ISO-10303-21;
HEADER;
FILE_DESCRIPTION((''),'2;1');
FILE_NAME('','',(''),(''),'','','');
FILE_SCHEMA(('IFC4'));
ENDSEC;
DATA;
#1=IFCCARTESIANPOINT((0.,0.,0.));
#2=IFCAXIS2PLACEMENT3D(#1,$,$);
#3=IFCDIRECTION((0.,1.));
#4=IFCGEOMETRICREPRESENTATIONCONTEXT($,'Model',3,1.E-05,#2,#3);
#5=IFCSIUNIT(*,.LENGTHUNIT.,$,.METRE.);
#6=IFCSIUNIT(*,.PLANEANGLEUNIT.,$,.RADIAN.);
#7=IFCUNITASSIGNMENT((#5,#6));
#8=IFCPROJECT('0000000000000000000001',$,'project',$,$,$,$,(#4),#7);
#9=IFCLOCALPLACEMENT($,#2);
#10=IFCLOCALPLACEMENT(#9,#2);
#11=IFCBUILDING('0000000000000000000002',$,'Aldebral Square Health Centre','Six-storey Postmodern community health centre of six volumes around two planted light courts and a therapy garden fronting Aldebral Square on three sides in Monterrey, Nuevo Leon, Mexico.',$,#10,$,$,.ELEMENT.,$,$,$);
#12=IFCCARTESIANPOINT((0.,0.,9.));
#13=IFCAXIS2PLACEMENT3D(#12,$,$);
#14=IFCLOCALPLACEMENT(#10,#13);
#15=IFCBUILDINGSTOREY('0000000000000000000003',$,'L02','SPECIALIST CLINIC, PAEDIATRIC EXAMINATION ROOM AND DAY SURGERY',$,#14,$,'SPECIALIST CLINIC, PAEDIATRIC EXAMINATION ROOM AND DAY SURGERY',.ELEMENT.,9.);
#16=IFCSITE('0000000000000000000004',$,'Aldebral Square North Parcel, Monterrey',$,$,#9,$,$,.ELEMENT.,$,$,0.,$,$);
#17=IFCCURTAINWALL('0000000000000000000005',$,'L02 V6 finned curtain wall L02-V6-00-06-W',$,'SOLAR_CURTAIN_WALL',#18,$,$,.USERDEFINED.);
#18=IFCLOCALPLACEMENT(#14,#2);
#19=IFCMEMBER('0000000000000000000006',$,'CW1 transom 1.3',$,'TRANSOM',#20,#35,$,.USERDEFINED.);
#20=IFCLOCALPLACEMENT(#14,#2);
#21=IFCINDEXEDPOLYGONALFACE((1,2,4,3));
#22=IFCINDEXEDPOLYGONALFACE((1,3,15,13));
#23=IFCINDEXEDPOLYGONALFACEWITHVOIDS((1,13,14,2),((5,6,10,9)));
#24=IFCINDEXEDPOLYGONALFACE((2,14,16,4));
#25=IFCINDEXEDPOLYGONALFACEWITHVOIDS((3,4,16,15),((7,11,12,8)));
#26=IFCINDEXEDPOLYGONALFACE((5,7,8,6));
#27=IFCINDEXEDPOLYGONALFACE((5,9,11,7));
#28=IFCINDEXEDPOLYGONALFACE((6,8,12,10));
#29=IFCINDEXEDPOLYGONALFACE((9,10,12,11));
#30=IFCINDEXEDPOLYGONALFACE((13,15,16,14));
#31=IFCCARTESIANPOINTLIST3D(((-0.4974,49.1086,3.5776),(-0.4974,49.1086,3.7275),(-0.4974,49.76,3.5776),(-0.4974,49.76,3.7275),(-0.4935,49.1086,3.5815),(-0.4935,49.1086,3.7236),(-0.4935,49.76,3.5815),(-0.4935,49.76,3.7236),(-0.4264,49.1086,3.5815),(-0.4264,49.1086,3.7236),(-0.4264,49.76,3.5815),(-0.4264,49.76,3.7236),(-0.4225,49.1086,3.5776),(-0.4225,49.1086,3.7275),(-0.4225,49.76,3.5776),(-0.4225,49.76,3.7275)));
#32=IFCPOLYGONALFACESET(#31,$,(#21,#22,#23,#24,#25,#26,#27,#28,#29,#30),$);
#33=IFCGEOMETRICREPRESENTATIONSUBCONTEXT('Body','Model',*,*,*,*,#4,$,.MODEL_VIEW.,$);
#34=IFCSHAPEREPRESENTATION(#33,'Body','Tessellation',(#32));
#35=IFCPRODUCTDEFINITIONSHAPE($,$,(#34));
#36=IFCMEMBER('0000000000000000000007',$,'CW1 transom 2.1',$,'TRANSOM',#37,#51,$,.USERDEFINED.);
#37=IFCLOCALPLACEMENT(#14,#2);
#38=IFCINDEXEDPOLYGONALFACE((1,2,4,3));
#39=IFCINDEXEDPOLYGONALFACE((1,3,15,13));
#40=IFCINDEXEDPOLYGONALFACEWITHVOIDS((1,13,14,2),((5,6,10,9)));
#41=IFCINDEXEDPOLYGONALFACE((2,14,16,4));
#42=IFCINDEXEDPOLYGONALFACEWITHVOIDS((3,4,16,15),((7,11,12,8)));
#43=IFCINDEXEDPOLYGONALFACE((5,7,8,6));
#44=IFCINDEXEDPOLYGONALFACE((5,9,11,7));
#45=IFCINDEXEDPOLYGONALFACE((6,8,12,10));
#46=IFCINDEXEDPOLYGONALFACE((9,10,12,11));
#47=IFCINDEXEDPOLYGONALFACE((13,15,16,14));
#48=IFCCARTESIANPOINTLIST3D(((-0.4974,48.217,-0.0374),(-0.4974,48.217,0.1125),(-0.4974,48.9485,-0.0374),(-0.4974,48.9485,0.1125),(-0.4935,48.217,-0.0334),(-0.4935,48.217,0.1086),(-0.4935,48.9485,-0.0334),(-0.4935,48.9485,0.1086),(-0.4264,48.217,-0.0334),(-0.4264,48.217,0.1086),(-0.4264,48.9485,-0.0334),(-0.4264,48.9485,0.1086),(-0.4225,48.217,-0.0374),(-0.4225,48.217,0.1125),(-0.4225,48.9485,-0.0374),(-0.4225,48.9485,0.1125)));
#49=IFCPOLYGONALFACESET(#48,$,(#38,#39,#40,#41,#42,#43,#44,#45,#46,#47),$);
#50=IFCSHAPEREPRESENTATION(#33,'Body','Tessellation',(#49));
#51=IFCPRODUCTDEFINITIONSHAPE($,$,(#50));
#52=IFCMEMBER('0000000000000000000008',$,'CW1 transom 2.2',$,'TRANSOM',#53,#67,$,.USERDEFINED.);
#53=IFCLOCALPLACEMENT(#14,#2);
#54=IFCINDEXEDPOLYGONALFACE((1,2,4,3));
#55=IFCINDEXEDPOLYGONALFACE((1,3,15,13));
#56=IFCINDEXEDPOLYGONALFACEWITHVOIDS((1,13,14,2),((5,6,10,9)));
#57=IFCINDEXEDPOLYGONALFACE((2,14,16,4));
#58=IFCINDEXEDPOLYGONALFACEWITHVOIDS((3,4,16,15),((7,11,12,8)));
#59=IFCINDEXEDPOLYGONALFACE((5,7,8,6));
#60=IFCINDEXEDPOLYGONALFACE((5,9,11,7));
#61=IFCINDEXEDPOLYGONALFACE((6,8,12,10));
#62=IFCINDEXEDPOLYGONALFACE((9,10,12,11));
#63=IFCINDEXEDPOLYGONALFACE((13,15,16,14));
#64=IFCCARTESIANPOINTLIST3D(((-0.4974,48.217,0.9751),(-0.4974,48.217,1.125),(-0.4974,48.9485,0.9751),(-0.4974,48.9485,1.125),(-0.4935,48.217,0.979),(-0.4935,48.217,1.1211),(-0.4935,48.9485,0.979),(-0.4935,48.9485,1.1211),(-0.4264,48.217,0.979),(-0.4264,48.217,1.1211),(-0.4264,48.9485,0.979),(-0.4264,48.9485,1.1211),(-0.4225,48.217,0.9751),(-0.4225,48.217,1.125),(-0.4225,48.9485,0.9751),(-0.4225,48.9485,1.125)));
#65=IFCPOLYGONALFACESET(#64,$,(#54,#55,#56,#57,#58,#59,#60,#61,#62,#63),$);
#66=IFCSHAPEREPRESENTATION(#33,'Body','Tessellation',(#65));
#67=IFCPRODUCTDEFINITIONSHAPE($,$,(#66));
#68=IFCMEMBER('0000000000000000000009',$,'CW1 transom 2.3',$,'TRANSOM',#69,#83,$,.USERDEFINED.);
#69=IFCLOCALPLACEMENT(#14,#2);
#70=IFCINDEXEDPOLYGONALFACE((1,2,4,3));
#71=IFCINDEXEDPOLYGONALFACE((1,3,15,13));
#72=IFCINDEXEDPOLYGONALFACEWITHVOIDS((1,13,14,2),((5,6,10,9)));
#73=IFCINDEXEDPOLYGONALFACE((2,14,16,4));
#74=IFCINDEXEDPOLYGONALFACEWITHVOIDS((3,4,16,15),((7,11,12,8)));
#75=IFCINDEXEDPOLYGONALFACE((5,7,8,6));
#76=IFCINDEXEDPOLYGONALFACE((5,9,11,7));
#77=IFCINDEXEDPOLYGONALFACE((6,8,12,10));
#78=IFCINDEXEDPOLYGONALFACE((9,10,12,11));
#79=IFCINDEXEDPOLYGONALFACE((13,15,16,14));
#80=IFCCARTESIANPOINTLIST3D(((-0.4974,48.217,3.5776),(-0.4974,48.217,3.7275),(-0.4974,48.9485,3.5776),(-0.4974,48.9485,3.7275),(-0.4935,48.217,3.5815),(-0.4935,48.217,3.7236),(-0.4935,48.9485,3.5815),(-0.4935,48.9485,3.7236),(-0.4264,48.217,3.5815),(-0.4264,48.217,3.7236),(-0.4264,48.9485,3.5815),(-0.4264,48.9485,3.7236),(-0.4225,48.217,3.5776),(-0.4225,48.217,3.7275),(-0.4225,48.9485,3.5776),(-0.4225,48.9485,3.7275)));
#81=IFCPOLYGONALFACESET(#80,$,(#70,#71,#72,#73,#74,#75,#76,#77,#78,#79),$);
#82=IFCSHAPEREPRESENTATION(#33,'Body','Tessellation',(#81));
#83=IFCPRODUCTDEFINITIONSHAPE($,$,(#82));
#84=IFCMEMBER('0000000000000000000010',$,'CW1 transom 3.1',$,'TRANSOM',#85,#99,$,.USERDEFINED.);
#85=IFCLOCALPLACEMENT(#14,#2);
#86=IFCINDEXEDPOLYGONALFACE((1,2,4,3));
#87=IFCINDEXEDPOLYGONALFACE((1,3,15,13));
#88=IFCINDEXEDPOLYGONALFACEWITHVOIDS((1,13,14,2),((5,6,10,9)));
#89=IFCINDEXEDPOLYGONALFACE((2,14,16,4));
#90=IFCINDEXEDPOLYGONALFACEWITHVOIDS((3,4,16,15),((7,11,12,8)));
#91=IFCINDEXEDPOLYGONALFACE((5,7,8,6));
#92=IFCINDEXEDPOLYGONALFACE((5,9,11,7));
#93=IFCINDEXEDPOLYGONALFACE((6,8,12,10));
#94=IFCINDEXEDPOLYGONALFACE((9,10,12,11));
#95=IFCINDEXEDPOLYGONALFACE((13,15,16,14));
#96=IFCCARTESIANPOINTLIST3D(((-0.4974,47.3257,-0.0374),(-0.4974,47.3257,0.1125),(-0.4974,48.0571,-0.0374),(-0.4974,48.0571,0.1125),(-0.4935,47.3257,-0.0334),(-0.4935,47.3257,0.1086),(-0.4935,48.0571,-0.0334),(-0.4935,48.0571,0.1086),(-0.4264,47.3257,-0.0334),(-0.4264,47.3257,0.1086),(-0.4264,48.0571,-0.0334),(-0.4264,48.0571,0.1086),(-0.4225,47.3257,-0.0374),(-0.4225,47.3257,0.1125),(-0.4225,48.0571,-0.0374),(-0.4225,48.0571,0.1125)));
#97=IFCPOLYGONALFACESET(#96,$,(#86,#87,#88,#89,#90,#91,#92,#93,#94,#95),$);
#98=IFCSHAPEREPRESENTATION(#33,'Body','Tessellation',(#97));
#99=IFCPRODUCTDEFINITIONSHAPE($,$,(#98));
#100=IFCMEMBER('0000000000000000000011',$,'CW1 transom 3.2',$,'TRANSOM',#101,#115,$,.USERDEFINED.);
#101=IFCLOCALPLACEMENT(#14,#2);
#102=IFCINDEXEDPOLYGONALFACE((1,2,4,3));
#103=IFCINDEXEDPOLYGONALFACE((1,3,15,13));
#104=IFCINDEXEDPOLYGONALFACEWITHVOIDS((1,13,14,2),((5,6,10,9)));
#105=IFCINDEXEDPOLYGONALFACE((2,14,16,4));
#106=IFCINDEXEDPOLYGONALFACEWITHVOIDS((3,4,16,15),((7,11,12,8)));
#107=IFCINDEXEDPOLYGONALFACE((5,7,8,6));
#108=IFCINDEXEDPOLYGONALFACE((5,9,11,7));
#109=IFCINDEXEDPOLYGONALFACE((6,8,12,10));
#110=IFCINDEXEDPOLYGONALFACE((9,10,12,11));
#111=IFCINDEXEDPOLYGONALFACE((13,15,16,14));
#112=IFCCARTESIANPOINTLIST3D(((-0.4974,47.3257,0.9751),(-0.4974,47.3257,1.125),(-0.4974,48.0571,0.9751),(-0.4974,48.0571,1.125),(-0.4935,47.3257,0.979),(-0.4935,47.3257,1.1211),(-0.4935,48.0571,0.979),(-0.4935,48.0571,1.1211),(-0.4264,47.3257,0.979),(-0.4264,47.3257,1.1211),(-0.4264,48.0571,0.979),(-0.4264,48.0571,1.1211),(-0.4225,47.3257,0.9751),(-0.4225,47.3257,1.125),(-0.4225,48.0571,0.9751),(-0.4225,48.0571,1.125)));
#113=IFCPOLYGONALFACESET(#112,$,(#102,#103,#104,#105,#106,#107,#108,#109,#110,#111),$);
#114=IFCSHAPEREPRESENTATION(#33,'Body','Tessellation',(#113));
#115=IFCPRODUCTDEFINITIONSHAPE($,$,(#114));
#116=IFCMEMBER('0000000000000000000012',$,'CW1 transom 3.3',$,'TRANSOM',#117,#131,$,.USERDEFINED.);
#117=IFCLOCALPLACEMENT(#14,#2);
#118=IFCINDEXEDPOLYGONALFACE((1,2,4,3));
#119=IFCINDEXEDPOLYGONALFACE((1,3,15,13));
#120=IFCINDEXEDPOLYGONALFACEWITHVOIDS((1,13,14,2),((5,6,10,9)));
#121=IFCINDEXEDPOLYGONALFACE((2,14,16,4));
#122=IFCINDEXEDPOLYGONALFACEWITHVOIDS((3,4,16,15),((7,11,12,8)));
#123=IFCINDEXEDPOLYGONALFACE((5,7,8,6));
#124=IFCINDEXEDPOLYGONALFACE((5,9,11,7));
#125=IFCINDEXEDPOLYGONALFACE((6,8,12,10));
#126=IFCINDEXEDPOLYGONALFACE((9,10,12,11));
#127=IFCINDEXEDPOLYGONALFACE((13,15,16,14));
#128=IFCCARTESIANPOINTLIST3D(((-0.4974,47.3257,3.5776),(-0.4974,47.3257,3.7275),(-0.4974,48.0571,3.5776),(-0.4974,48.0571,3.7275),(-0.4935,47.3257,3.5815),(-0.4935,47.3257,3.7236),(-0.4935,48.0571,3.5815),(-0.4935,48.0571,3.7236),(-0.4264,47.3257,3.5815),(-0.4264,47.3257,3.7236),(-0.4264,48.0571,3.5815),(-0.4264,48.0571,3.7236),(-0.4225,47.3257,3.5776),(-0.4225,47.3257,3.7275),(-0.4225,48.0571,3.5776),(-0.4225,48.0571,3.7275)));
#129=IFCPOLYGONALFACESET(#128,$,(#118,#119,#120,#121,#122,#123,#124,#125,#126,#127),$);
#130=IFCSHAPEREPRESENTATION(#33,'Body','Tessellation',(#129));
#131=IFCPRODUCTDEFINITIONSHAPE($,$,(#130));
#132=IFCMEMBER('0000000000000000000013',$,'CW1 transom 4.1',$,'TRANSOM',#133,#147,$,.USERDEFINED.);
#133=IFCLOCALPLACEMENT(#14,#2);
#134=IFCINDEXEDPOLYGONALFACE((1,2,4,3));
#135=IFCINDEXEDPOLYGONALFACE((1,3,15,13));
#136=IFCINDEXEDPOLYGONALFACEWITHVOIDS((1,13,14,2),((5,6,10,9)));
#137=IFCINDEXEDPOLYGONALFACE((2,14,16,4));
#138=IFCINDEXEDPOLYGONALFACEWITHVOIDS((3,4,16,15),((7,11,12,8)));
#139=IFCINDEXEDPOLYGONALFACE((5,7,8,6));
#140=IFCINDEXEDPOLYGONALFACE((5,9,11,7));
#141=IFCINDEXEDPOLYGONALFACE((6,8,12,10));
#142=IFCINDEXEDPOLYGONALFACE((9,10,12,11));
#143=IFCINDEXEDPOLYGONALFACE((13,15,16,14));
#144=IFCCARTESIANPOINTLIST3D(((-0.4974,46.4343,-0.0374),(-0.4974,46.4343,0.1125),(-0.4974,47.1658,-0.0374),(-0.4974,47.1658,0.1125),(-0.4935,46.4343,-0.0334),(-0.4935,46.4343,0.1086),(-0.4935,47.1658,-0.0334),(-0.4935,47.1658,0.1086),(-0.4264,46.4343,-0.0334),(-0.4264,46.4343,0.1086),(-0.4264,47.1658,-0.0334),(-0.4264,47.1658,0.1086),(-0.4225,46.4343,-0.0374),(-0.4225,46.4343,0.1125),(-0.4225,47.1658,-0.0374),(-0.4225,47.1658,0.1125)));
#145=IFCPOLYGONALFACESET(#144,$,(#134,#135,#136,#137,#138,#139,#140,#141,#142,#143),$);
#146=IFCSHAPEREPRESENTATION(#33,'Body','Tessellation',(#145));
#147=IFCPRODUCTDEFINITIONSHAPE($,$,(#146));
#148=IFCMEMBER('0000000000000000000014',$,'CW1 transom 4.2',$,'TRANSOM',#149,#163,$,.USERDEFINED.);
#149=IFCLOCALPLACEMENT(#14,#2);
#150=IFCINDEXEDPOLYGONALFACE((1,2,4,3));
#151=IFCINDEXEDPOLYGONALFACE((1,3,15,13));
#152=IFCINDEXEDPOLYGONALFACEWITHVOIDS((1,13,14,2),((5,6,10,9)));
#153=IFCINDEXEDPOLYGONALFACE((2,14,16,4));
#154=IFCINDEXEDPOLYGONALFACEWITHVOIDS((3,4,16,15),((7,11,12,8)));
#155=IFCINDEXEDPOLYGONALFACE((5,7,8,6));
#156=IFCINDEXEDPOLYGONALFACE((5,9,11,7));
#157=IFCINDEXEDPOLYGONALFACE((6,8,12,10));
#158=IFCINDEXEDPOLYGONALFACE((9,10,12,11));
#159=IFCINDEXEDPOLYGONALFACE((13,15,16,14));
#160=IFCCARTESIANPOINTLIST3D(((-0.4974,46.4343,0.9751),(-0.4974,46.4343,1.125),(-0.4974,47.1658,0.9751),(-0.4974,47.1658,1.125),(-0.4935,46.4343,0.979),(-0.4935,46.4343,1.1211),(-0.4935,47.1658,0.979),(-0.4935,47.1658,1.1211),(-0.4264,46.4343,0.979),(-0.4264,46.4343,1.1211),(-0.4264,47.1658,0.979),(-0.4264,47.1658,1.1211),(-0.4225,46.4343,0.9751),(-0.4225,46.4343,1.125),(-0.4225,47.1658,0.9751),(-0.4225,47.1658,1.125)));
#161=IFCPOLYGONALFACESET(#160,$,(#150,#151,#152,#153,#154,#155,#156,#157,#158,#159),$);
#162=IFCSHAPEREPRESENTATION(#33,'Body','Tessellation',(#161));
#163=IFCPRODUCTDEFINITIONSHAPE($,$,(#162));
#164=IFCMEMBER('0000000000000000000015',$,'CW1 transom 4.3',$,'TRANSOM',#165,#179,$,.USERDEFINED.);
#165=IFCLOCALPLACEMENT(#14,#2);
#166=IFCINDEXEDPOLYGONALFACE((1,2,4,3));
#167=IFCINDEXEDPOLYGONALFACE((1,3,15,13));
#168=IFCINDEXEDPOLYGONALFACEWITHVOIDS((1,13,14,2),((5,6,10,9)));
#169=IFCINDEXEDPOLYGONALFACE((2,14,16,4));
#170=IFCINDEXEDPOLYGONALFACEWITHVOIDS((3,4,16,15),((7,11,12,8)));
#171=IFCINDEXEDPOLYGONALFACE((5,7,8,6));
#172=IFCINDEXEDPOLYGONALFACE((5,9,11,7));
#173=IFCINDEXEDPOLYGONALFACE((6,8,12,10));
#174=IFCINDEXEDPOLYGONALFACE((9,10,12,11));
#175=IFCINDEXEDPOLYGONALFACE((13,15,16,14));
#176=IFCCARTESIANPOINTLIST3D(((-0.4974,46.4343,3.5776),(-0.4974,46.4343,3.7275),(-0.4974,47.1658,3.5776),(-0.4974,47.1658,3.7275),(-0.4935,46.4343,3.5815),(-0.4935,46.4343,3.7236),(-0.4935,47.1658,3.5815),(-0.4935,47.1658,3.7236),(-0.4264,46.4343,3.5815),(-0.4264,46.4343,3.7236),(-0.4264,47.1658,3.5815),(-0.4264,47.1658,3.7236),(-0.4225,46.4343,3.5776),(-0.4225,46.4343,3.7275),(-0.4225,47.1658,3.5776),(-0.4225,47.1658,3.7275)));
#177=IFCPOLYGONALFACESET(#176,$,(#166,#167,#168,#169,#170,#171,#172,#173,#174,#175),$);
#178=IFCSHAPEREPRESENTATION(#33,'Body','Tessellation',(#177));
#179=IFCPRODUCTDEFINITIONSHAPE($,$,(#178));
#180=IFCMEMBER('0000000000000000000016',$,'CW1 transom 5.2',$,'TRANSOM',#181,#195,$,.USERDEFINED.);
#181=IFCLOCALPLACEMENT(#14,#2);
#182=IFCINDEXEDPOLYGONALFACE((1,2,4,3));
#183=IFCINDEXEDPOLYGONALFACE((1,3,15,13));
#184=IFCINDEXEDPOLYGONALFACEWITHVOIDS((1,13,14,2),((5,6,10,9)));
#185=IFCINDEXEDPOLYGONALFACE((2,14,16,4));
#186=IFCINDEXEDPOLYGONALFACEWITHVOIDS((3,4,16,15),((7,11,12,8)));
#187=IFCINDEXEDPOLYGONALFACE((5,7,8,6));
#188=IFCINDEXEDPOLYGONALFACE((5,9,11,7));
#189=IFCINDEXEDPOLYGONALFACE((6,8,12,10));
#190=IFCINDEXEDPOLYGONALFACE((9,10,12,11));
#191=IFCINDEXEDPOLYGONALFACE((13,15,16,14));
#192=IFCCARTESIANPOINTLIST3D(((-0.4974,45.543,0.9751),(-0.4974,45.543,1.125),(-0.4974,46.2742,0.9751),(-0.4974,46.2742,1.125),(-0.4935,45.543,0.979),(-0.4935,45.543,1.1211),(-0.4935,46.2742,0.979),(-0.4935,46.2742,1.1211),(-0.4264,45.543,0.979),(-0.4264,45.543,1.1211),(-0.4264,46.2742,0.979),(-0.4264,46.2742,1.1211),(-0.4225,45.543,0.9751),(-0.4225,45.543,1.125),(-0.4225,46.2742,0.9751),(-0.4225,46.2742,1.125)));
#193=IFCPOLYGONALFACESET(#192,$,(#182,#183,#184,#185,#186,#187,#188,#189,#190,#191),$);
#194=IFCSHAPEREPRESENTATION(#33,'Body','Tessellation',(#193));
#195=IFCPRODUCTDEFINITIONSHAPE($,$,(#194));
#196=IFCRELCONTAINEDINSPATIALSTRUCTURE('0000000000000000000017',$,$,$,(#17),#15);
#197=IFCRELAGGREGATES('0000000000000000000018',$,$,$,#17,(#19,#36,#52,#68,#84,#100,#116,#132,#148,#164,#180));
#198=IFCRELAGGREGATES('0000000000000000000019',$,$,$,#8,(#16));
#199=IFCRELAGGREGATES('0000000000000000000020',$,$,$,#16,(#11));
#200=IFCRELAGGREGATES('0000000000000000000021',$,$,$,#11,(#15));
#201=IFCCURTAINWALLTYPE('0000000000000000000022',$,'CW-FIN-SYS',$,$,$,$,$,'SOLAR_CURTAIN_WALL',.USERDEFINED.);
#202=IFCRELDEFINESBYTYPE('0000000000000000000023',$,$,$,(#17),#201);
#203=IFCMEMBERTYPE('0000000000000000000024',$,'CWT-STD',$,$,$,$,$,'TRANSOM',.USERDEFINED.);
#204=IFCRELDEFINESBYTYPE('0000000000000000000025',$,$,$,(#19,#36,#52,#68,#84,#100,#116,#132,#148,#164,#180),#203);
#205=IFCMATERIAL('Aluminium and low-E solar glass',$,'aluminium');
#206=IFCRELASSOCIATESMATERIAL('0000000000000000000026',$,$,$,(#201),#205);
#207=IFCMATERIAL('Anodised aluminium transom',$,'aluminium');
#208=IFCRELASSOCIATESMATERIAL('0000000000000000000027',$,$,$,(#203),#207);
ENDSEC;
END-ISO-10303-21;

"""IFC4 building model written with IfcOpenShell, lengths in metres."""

from ifc_helpers import new_model, si_unit, direction, frame, origin, origin_2d, place, context, subcontext, project, spatial, hollow_rectangle, extrude, material, material_profile, profile_set, type_object, element, aggregate, save


model = new_model("IFC4")

# Units and contexts
model_context = context("Model", 3, precision=1e-05, world=origin(), true_north=direction((0.0, 1.0)))
body_context = subcontext(model_context, "Body", "Model", "MODEL_VIEW")
ifc_project = project(units=[si_unit("LENGTHUNIT", "METRE"), si_unit("PLANEANGLEUNIT", "RADIAN")], contexts=[model_context])

# Site, building, storey
site_placement = place(None, origin())
site = spatial("IfcSite", under=ifc_project, at=site_placement, Name="Aldebral Square North Parcel, Monterrey", CompositionType="ELEMENT", RefElevation=0.0)
building_placement = place(site_placement, origin())
building = spatial("IfcBuilding", under=site, at=building_placement, Name="Aldebral Square Health Centre", Description="Six-storey Postmodern community health centre of six volumes around two planted light courts and a therapy garden fronting Aldebral Square on three sides in Monterrey, Nuevo Leon, Mexico.", CompositionType="ELEMENT")
storey_placement = place(building_placement, frame((0.0, 0.0, 9.0)))
storey = spatial("IfcBuildingStorey", under=building, at=storey_placement, Name="L02", Description="SPECIALIST CLINIC, PAEDIATRIC EXAMINATION ROOM AND DAY SURGERY", LongName="SPECIALIST CLINIC, PAEDIATRIC EXAMINATION ROOM AND DAY SURGERY", CompositionType="ELEMENT", Elevation=9.0)

# Curtain wall
ifc_material_1 = material(Name="Aluminium and low-E solar glass", Category="aluminium")
curtain_wall_type = type_object("IfcCurtainWallType", Name="CW-FIN-SYS", ElementType="SOLAR_CURTAIN_WALL", PredefinedType="USERDEFINED", material=ifc_material_1)
curtain_wall_1_placement = place(storey_placement, origin())
curtain_wall_1 = element("IfcCurtainWall", 1, at=curtain_wall_1_placement, inside=storey, type_object=curtain_wall_type, Name="L02 V6 finned curtain wall L02-V6-00-06-W", ObjectType="SOLAR_CURTAIN_WALL", PredefinedType="USERDEFINED")

# Members
ifc_material_2 = material(Name="Anodised aluminium transom", Category="aluminium")
ifc_material_profile_1 = material_profile(ifc_material_2, hollow_rectangle(XDim=0.075, YDim=0.1499, WallThickness=0.0039, at=origin_2d()), Name="CWT 75x150x4")
ifc_profile_set_1 = profile_set([ifc_material_profile_1], Name="Anodised aluminium transom")
member_type_1 = type_object("IfcMemberType", Name="CWT-STD", ElementType="TRANSOM", PredefinedType="USERDEFINED", material=ifc_profile_set_1)
member_1_placement = place(storey_placement, frame((-0.46, 49.76, 3.6526), z_axis=(0.0, -1.0, 0.0), x_axis=(1.0, 0.0, 0.0)))
member_1 = element("IfcMember", 2, at=member_1_placement, type_object=member_type_1, Name="CW1 transom 1.3", ObjectType="TRANSOM", PredefinedType="USERDEFINED", context=body_context, shape_type="SweptSolid", body=[
    extrude(hollow_rectangle(XDim=0.075, YDim=0.1499, WallThickness=0.0039, at=origin_2d()), origin(), (0.0, 0.0, 1.0), 0.6514),
])
member_2_placement = place(storey_placement, frame((-0.46, 48.9485, 0.0376), z_axis=(0.0, -1.0, 0.0), x_axis=(1.0, 0.0, 0.0)))
member_2 = element("IfcMember", 3, at=member_2_placement, type_object=member_type_1, Name="CW1 transom 2.1", ObjectType="TRANSOM", PredefinedType="USERDEFINED", context=body_context, shape_type="SweptSolid", body=[
    extrude(hollow_rectangle(XDim=0.075, YDim=0.1499, WallThickness=0.0039, at=origin_2d()), origin(), (0.0, 0.0, 1.0), 0.7314),
])
member_3_placement = place(storey_placement, frame((-0.46, 48.9485, 1.05), z_axis=(0.0, -1.0, 0.0), x_axis=(1.0, 0.0, 0.0)))
member_3 = element("IfcMember", 4, at=member_3_placement, type_object=member_type_1, Name="CW1 transom 2.2", ObjectType="TRANSOM", PredefinedType="USERDEFINED", context=body_context, shape_type="SweptSolid", body=[
    extrude(hollow_rectangle(XDim=0.075, YDim=0.1499, WallThickness=0.0039, at=origin_2d()), origin(), (0.0, 0.0, 1.0), 0.7314),
])
member_4_placement = place(storey_placement, frame((-0.46, 48.9485, 3.6526), z_axis=(0.0, -1.0, 0.0), x_axis=(1.0, 0.0, 0.0)))
member_4 = element("IfcMember", 5, at=member_4_placement, type_object=member_type_1, Name="CW1 transom 2.3", ObjectType="TRANSOM", PredefinedType="USERDEFINED", context=body_context, shape_type="SweptSolid", body=[
    extrude(hollow_rectangle(XDim=0.075, YDim=0.1499, WallThickness=0.0039, at=origin_2d()), origin(), (0.0, 0.0, 1.0), 0.7314),
])
member_5_placement = place(storey_placement, frame((-0.46, 48.0571, 0.0376), z_axis=(0.0, -1.0, 0.0), x_axis=(1.0, 0.0, 0.0)))
member_5 = element("IfcMember", 6, at=member_5_placement, type_object=member_type_1, Name="CW1 transom 3.1", ObjectType="TRANSOM", PredefinedType="USERDEFINED", context=body_context, shape_type="SweptSolid", body=[
    extrude(hollow_rectangle(XDim=0.075, YDim=0.1499, WallThickness=0.0039, at=origin_2d()), origin(), (0.0, 0.0, 1.0), 0.7314),
])
member_6_placement = place(storey_placement, frame((-0.46, 48.0571, 1.05), z_axis=(0.0, -1.0, 0.0), x_axis=(1.0, 0.0, 0.0)))
member_6 = element("IfcMember", 7, at=member_6_placement, type_object=member_type_1, Name="CW1 transom 3.2", ObjectType="TRANSOM", PredefinedType="USERDEFINED", context=body_context, shape_type="SweptSolid", body=[
    extrude(hollow_rectangle(XDim=0.075, YDim=0.1499, WallThickness=0.0039, at=origin_2d()), origin(), (0.0, 0.0, 1.0), 0.7314),
])
member_7_placement = place(storey_placement, frame((-0.46, 48.0571, 3.6526), z_axis=(0.0, -1.0, 0.0), x_axis=(1.0, 0.0, 0.0)))
member_7 = element("IfcMember", 8, at=member_7_placement, type_object=member_type_1, Name="CW1 transom 3.3", ObjectType="TRANSOM", PredefinedType="USERDEFINED", context=body_context, shape_type="SweptSolid", body=[
    extrude(hollow_rectangle(XDim=0.075, YDim=0.1499, WallThickness=0.0039, at=origin_2d()), origin(), (0.0, 0.0, 1.0), 0.7314),
])
member_8_placement = place(storey_placement, frame((-0.46, 47.1658, 0.0376), z_axis=(0.0, -1.0, 0.0), x_axis=(1.0, 0.0, 0.0)))
member_8 = element("IfcMember", 9, at=member_8_placement, type_object=member_type_1, Name="CW1 transom 4.1", ObjectType="TRANSOM", PredefinedType="USERDEFINED", context=body_context, shape_type="SweptSolid", body=[
    extrude(hollow_rectangle(XDim=0.075, YDim=0.1499, WallThickness=0.0039, at=origin_2d()), origin(), (0.0, 0.0, 1.0), 0.7314),
])
member_9_placement = place(storey_placement, frame((-0.46, 47.1658, 1.05), z_axis=(0.0, -1.0, 0.0), x_axis=(1.0, 0.0, 0.0)))
member_9 = element("IfcMember", 10, at=member_9_placement, type_object=member_type_1, Name="CW1 transom 4.2", ObjectType="TRANSOM", PredefinedType="USERDEFINED", context=body_context, shape_type="SweptSolid", body=[
    extrude(hollow_rectangle(XDim=0.075, YDim=0.1499, WallThickness=0.0039, at=origin_2d()), origin(), (0.0, 0.0, 1.0), 0.7314),
])
member_10_placement = place(storey_placement, frame((-0.46, 47.1658, 3.6526), z_axis=(0.0, -1.0, 0.0), x_axis=(1.0, 0.0, 0.0)))
member_10 = element("IfcMember", 11, at=member_10_placement, type_object=member_type_1, Name="CW1 transom 4.3", ObjectType="TRANSOM", PredefinedType="USERDEFINED", context=body_context, shape_type="SweptSolid", body=[
    extrude(hollow_rectangle(XDim=0.075, YDim=0.1499, WallThickness=0.0039, at=origin_2d()), origin(), (0.0, 0.0, 1.0), 0.7314),
])
member_11_placement = place(storey_placement, frame((-0.46, 46.2742, 1.05), z_axis=(0.0, -1.0, 0.0), x_axis=(1.0, 0.0, 0.0)))
member_11 = element("IfcMember", 12, at=member_11_placement, type_object=member_type_1, Name="CW1 transom 5.2", ObjectType="TRANSOM", PredefinedType="USERDEFINED", context=body_context, shape_type="SweptSolid", body=[
    extrude(hollow_rectangle(XDim=0.075, YDim=0.1499, WallThickness=0.0039, at=origin_2d()), origin(), (0.0, 0.0, 1.0), 0.7312),
])

aggregate(curtain_wall_1, [member_1, member_2, member_3, member_4, member_5, member_6, member_7, member_8, member_9, member_10, member_11])

save(model, "model.ifc")
